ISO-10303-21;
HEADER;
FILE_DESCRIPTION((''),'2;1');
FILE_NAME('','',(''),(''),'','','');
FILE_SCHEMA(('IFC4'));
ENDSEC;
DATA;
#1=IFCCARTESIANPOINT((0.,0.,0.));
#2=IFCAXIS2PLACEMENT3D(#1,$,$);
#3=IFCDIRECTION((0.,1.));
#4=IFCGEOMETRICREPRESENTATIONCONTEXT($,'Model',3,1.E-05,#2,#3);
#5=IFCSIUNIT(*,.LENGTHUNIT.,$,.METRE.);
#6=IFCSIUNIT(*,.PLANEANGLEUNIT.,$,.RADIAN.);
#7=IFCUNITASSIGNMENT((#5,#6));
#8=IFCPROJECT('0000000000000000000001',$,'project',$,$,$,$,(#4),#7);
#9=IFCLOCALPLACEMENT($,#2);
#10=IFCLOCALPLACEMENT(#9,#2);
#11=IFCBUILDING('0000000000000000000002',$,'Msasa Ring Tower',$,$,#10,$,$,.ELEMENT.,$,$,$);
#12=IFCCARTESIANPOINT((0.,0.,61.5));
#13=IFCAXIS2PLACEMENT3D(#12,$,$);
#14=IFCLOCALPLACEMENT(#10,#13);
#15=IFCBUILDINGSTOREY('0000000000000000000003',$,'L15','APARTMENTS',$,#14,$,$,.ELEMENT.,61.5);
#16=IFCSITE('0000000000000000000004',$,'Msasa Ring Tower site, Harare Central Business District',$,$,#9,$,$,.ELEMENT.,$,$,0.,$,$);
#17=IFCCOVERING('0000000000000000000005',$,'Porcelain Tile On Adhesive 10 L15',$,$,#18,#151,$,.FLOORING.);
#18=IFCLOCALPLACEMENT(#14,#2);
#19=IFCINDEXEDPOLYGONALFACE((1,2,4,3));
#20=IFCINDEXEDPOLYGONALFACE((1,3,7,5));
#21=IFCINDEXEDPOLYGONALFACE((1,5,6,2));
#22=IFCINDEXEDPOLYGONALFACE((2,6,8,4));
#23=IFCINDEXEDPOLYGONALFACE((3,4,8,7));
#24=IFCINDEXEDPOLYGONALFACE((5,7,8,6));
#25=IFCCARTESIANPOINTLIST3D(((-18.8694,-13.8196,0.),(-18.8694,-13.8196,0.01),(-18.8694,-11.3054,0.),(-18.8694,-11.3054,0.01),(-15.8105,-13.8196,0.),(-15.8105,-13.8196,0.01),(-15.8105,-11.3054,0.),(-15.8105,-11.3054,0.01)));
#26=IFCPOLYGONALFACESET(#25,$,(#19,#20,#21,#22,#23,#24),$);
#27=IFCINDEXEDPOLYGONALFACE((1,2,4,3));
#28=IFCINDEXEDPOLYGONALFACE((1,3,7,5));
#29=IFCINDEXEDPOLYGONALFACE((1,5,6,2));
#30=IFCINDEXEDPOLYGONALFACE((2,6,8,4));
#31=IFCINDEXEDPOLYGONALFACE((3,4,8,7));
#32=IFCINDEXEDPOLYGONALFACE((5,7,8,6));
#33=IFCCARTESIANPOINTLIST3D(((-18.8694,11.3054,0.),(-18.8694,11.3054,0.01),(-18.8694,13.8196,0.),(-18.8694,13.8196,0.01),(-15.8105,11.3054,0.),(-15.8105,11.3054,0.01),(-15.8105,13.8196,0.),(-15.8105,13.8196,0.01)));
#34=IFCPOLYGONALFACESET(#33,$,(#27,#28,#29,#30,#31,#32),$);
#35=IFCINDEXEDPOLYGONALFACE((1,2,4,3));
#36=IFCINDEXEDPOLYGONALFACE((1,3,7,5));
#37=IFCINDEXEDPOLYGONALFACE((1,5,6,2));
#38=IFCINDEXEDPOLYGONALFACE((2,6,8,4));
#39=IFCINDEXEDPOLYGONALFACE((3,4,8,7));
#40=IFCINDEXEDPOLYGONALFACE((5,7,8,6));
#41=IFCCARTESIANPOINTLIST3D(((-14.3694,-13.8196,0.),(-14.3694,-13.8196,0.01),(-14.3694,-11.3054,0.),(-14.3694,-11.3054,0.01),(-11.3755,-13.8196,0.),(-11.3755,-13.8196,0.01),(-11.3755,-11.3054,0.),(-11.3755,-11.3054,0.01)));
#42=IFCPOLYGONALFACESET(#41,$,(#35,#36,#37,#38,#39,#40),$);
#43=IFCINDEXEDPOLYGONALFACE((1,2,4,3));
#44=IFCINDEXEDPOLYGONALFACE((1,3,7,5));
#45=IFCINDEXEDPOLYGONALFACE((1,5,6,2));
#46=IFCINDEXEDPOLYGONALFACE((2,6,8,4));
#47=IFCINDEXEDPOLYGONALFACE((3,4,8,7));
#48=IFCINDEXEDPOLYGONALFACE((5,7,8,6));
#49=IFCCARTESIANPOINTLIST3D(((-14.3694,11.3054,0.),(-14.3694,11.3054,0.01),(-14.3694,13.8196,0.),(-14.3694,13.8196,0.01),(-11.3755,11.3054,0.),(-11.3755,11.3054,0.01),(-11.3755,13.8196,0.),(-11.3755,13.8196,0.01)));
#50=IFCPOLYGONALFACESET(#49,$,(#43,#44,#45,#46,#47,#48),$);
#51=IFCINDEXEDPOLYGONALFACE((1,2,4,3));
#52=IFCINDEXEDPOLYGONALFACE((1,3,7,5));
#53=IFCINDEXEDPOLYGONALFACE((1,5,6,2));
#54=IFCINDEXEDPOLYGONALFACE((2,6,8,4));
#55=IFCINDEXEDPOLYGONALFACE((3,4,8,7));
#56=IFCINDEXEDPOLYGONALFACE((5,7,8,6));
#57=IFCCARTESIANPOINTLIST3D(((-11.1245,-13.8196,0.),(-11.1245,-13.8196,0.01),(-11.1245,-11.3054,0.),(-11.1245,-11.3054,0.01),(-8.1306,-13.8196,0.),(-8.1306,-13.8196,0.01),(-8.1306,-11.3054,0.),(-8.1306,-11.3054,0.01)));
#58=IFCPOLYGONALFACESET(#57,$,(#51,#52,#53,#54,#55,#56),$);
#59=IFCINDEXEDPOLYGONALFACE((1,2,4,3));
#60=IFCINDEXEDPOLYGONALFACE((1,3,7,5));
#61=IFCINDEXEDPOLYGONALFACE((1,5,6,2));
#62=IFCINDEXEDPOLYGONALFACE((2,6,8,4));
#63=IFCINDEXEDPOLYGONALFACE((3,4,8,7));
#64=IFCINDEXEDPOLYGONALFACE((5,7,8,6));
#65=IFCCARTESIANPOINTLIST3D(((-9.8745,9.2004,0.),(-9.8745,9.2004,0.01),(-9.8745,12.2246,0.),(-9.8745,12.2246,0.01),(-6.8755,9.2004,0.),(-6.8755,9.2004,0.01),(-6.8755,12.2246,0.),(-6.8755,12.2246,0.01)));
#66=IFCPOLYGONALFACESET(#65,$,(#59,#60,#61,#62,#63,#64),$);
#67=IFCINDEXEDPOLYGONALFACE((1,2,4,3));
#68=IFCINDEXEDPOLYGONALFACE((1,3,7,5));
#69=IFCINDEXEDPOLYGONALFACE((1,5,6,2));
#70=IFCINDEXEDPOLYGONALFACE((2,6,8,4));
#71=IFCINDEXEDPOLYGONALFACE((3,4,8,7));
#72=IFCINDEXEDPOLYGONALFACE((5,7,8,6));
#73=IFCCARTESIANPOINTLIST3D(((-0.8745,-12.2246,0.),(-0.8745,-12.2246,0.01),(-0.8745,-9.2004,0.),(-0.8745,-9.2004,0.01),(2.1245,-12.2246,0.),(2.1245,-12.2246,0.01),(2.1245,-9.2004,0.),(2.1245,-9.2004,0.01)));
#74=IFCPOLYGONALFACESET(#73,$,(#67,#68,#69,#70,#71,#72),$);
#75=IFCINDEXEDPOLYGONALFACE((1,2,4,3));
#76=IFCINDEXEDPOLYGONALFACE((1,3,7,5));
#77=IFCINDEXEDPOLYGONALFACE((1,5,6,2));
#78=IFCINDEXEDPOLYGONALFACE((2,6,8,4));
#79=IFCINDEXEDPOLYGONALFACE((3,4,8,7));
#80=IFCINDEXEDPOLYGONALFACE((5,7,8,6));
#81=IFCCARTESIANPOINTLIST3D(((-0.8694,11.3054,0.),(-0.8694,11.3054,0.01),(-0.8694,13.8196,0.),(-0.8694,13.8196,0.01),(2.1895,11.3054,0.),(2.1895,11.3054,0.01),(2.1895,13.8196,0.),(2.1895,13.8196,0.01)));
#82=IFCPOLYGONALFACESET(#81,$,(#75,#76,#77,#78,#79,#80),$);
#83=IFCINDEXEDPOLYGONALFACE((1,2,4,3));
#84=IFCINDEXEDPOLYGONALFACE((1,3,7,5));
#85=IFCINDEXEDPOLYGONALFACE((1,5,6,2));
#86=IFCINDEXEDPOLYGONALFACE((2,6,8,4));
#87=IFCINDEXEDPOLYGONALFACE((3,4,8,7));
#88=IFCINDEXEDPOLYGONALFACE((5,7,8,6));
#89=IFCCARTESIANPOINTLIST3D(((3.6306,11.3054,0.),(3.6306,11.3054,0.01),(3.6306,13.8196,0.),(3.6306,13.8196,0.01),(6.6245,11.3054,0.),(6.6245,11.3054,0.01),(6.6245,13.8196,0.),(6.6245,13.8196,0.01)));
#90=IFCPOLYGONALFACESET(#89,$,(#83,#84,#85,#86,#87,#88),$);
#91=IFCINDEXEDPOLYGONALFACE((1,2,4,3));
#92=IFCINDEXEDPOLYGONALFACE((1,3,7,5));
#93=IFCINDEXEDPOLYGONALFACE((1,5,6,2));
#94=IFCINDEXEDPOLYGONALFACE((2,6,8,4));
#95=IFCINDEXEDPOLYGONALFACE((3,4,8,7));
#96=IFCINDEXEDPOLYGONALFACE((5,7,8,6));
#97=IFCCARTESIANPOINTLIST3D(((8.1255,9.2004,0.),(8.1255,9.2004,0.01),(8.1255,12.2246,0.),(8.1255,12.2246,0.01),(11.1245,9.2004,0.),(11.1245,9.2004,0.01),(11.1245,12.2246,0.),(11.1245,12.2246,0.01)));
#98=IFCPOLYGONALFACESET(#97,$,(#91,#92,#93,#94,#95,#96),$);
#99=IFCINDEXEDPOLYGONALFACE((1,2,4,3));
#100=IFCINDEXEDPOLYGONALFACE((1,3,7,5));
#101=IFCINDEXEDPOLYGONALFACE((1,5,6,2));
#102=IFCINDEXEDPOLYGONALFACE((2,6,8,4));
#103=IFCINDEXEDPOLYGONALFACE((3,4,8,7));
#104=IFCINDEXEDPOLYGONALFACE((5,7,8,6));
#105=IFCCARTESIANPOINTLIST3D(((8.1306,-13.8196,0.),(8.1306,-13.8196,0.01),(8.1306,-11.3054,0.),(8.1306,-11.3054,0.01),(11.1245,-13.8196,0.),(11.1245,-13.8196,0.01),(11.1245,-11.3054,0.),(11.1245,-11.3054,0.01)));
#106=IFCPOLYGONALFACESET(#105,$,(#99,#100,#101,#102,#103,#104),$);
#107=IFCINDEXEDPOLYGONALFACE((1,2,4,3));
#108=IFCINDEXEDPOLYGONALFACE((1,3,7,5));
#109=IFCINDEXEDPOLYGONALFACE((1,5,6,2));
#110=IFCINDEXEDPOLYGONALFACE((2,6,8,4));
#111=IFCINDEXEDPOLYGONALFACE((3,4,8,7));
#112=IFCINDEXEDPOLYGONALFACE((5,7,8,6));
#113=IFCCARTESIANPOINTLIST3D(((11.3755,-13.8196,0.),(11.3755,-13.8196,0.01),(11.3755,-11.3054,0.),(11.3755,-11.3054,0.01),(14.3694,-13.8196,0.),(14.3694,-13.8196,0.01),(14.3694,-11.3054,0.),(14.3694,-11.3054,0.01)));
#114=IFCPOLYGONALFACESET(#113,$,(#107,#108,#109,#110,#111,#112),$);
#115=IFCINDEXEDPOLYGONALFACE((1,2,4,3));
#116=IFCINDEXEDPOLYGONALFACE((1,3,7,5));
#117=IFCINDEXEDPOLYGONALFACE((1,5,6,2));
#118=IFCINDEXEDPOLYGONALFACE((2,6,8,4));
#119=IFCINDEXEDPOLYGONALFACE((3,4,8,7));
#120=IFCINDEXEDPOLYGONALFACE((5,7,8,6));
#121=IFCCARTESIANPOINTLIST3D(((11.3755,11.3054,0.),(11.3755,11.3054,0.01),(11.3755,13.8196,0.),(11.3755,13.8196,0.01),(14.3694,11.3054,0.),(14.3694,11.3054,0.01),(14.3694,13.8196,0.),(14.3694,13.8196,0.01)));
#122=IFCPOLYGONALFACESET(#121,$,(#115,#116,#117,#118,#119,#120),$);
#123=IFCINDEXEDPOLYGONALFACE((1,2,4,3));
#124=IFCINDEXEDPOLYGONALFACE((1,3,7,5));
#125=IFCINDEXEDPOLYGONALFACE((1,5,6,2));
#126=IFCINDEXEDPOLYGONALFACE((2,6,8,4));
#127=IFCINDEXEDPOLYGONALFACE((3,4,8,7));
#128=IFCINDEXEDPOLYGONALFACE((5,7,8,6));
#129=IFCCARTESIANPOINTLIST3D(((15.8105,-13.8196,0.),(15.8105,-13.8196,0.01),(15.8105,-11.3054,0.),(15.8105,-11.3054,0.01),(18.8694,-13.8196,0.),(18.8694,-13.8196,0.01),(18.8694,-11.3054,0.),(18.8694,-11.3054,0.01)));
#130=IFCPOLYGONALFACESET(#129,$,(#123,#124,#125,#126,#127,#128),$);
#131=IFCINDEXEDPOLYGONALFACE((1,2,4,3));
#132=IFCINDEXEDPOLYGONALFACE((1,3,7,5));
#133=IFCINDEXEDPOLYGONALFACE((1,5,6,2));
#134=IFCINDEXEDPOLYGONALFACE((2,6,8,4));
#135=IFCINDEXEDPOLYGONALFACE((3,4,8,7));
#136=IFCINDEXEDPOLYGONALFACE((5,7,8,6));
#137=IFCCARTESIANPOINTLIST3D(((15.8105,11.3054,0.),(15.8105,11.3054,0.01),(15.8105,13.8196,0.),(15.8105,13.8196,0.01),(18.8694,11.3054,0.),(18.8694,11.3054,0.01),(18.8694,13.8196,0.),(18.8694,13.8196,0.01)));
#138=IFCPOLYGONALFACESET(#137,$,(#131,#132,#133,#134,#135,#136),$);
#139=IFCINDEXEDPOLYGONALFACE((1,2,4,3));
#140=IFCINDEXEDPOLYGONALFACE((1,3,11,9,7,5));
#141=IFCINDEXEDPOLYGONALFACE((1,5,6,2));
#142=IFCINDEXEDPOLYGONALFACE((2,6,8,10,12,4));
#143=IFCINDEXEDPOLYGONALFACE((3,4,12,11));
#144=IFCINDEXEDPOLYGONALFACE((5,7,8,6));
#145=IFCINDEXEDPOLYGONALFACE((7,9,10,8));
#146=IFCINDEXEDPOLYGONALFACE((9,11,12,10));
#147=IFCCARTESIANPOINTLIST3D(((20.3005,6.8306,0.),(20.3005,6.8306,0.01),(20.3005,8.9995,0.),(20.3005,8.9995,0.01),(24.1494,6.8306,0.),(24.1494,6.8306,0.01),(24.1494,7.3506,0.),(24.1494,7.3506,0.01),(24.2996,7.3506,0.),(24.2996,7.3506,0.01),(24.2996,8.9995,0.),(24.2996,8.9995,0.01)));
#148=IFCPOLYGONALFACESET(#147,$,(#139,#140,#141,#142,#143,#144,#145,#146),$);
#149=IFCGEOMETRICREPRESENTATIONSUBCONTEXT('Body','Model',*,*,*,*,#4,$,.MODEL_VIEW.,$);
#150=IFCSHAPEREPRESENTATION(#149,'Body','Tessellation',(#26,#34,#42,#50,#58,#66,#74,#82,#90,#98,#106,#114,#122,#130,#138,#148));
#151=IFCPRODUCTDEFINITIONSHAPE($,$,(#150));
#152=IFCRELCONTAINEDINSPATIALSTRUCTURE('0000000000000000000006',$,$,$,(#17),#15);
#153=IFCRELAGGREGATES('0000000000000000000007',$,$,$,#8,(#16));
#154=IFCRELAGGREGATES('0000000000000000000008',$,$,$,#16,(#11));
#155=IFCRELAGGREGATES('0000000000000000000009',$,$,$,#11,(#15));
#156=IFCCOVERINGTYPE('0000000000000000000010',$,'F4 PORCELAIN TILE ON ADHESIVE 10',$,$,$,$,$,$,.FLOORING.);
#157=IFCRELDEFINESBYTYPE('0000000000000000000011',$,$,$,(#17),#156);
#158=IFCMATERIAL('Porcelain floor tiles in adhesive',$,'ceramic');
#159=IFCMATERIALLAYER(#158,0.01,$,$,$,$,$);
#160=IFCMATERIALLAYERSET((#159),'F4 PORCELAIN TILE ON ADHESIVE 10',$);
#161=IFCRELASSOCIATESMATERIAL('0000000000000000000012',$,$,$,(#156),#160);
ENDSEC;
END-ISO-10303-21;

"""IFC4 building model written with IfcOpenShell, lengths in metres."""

from ifc_helpers import new_model, si_unit, direction, frame, origin, place, context, subcontext, project, spatial, line, indexed_curve, outline, extrude, material, layer, layer_set, type_object, element, save


model = new_model("IFC4")

# Units and contexts
model_context = context("Model", 3, precision=1e-05, world=origin(), true_north=direction((0.0, 1.0)))
body_context = subcontext(model_context, "Body", "Model", "MODEL_VIEW")
ifc_project = project(units=[si_unit("LENGTHUNIT", "METRE"), si_unit("PLANEANGLEUNIT", "RADIAN")], contexts=[model_context])

# Site, building, storey
site_placement = place(None, origin())
site = spatial("IfcSite", under=ifc_project, at=site_placement, Name="Msasa Ring Tower site, Harare Central Business District", CompositionType="ELEMENT", RefElevation=0.0)
building_placement = place(site_placement, origin())
building = spatial("IfcBuilding", under=site, at=building_placement, Name="Msasa Ring Tower", CompositionType="ELEMENT")
storey_placement = place(building_placement, frame((0.0, 0.0, 61.5)))
storey = spatial("IfcBuildingStorey", under=building, at=storey_placement, Name="L15", Description="APARTMENTS", CompositionType="ELEMENT", Elevation=61.5)

# Covering
ifc_material_1 = material(Name="Porcelain floor tiles in adhesive", Category="ceramic")
ifc_layer_1 = layer(ifc_material_1, 0.01)
ifc_layer_set_1 = layer_set([ifc_layer_1], Name="F4 PORCELAIN TILE ON ADHESIVE 10")
covering_type_1 = type_object("IfcCoveringType", Name="F4 PORCELAIN TILE ON ADHESIVE 10", PredefinedType="FLOORING", material=ifc_layer_set_1)
covering_1_placement = place(storey_placement, origin())
element("IfcCovering", 1, at=covering_1_placement, inside=storey, type_object=covering_type_1, Name="Porcelain Tile On Adhesive 10 L15", PredefinedType="FLOORING", context=body_context, shape_type="SweptSolid", body=[
    extrude(outline(indexed_curve([(-15.8105, -11.3054), (-15.8105, -13.8196), (-18.8694, -13.8196), (-18.8694, -11.3054)], segments=[line(1, 2, 3, 4, 1)], self_intersect=False)), origin(), (0.0, 0.0, 1.0), 0.01),
    extrude(outline(indexed_curve([(-15.8105, 13.8196), (-15.8105, 11.3054), (-18.8694, 11.3054), (-18.8694, 13.8196)], segments=[line(1, 2, 3, 4, 1)], self_intersect=False)), origin(), (0.0, 0.0, 1.0), 0.01),
    extrude(outline(indexed_curve([(-11.3755, -11.3054), (-11.3755, -13.8196), (-14.3694, -13.8196), (-14.3694, -11.3054)], segments=[line(1, 2, 3, 4, 1)], self_intersect=False)), origin(), (0.0, 0.0, 1.0), 0.01),
    extrude(outline(indexed_curve([(-11.3755, 13.8196), (-11.3755, 11.3054), (-14.3694, 11.3054), (-14.3694, 13.8196)], segments=[line(1, 2, 3, 4, 1)], self_intersect=False)), origin(), (0.0, 0.0, 1.0), 0.01),
    extrude(outline(indexed_curve([(-8.1306, -11.3054), (-8.1306, -13.8196), (-11.1245, -13.8196), (-11.1245, -11.3054)], segments=[line(1, 2, 3, 4, 1)], self_intersect=False)), origin(), (0.0, 0.0, 1.0), 0.01),
    extrude(outline(indexed_curve([(-9.8745, 9.2004), (-9.8745, 12.2246), (-6.8755, 12.2246), (-6.8755, 9.2004)], segments=[line(1, 2, 3, 4, 1)], self_intersect=False)), origin(), (0.0, 0.0, 1.0), 0.01),
    extrude(outline(indexed_curve([(2.1245, -9.2004), (2.1245, -12.2246), (-0.8745, -12.2246), (-0.8745, -9.2004)], segments=[line(1, 2, 3, 4, 1)], self_intersect=False)), origin(), (0.0, 0.0, 1.0), 0.01),
    extrude(outline(indexed_curve([(2.1895, 13.8196), (2.1895, 11.3054), (-0.8694, 11.3054), (-0.8694, 13.8196)], segments=[line(1, 2, 3, 4, 1)], self_intersect=False)), origin(), (0.0, 0.0, 1.0), 0.01),
    extrude(outline(indexed_curve([(6.6245, 13.8196), (6.6245, 11.3054), (3.6306, 11.3054), (3.6306, 13.8196)], segments=[line(1, 2, 3, 4, 1)], self_intersect=False)), origin(), (0.0, 0.0, 1.0), 0.01),
    extrude(outline(indexed_curve([(8.1255, 9.2004), (8.1255, 12.2246), (11.1245, 12.2246), (11.1245, 9.2004)], segments=[line(1, 2, 3, 4, 1)], self_intersect=False)), origin(), (0.0, 0.0, 1.0), 0.01),
    extrude(outline(indexed_curve([(11.1245, -11.3054), (11.1245, -13.8196), (8.1306, -13.8196), (8.1306, -11.3054)], segments=[line(1, 2, 3, 4, 1)], self_intersect=False)), origin(), (0.0, 0.0, 1.0), 0.01),
    extrude(outline(indexed_curve([(14.3694, -11.3054), (14.3694, -13.8196), (11.3755, -13.8196), (11.3755, -11.3054)], segments=[line(1, 2, 3, 4, 1)], self_intersect=False)), origin(), (0.0, 0.0, 1.0), 0.01),
    extrude(outline(indexed_curve([(14.3694, 13.8196), (14.3694, 11.3054), (11.3755, 11.3054), (11.3755, 13.8196)], segments=[line(1, 2, 3, 4, 1)], self_intersect=False)), origin(), (0.0, 0.0, 1.0), 0.01),
    extrude(outline(indexed_curve([(18.8694, -11.3054), (18.8694, -13.8196), (15.8105, -13.8196), (15.8105, -11.3054)], segments=[line(1, 2, 3, 4, 1)], self_intersect=False)), origin(), (0.0, 0.0, 1.0), 0.01),
    extrude(outline(indexed_curve([(18.8694, 13.8196), (18.8694, 11.3054), (15.8105, 11.3054), (15.8105, 13.8196)], segments=[line(1, 2, 3, 4, 1)], self_intersect=False)), origin(), (0.0, 0.0, 1.0), 0.01),
    extrude(outline(indexed_curve([(20.3005, 8.9995), (24.2996, 8.9995), (24.2996, 7.3506), (24.1494, 7.3506), (24.1494, 6.8306), (20.3005, 6.8306)], segments=[line(1, 2, 3, 4, 5, 6, 1)], self_intersect=False)), origin(), (0.0, 0.0, 1.0), 0.01),
])

save(model, "model.ifc")
